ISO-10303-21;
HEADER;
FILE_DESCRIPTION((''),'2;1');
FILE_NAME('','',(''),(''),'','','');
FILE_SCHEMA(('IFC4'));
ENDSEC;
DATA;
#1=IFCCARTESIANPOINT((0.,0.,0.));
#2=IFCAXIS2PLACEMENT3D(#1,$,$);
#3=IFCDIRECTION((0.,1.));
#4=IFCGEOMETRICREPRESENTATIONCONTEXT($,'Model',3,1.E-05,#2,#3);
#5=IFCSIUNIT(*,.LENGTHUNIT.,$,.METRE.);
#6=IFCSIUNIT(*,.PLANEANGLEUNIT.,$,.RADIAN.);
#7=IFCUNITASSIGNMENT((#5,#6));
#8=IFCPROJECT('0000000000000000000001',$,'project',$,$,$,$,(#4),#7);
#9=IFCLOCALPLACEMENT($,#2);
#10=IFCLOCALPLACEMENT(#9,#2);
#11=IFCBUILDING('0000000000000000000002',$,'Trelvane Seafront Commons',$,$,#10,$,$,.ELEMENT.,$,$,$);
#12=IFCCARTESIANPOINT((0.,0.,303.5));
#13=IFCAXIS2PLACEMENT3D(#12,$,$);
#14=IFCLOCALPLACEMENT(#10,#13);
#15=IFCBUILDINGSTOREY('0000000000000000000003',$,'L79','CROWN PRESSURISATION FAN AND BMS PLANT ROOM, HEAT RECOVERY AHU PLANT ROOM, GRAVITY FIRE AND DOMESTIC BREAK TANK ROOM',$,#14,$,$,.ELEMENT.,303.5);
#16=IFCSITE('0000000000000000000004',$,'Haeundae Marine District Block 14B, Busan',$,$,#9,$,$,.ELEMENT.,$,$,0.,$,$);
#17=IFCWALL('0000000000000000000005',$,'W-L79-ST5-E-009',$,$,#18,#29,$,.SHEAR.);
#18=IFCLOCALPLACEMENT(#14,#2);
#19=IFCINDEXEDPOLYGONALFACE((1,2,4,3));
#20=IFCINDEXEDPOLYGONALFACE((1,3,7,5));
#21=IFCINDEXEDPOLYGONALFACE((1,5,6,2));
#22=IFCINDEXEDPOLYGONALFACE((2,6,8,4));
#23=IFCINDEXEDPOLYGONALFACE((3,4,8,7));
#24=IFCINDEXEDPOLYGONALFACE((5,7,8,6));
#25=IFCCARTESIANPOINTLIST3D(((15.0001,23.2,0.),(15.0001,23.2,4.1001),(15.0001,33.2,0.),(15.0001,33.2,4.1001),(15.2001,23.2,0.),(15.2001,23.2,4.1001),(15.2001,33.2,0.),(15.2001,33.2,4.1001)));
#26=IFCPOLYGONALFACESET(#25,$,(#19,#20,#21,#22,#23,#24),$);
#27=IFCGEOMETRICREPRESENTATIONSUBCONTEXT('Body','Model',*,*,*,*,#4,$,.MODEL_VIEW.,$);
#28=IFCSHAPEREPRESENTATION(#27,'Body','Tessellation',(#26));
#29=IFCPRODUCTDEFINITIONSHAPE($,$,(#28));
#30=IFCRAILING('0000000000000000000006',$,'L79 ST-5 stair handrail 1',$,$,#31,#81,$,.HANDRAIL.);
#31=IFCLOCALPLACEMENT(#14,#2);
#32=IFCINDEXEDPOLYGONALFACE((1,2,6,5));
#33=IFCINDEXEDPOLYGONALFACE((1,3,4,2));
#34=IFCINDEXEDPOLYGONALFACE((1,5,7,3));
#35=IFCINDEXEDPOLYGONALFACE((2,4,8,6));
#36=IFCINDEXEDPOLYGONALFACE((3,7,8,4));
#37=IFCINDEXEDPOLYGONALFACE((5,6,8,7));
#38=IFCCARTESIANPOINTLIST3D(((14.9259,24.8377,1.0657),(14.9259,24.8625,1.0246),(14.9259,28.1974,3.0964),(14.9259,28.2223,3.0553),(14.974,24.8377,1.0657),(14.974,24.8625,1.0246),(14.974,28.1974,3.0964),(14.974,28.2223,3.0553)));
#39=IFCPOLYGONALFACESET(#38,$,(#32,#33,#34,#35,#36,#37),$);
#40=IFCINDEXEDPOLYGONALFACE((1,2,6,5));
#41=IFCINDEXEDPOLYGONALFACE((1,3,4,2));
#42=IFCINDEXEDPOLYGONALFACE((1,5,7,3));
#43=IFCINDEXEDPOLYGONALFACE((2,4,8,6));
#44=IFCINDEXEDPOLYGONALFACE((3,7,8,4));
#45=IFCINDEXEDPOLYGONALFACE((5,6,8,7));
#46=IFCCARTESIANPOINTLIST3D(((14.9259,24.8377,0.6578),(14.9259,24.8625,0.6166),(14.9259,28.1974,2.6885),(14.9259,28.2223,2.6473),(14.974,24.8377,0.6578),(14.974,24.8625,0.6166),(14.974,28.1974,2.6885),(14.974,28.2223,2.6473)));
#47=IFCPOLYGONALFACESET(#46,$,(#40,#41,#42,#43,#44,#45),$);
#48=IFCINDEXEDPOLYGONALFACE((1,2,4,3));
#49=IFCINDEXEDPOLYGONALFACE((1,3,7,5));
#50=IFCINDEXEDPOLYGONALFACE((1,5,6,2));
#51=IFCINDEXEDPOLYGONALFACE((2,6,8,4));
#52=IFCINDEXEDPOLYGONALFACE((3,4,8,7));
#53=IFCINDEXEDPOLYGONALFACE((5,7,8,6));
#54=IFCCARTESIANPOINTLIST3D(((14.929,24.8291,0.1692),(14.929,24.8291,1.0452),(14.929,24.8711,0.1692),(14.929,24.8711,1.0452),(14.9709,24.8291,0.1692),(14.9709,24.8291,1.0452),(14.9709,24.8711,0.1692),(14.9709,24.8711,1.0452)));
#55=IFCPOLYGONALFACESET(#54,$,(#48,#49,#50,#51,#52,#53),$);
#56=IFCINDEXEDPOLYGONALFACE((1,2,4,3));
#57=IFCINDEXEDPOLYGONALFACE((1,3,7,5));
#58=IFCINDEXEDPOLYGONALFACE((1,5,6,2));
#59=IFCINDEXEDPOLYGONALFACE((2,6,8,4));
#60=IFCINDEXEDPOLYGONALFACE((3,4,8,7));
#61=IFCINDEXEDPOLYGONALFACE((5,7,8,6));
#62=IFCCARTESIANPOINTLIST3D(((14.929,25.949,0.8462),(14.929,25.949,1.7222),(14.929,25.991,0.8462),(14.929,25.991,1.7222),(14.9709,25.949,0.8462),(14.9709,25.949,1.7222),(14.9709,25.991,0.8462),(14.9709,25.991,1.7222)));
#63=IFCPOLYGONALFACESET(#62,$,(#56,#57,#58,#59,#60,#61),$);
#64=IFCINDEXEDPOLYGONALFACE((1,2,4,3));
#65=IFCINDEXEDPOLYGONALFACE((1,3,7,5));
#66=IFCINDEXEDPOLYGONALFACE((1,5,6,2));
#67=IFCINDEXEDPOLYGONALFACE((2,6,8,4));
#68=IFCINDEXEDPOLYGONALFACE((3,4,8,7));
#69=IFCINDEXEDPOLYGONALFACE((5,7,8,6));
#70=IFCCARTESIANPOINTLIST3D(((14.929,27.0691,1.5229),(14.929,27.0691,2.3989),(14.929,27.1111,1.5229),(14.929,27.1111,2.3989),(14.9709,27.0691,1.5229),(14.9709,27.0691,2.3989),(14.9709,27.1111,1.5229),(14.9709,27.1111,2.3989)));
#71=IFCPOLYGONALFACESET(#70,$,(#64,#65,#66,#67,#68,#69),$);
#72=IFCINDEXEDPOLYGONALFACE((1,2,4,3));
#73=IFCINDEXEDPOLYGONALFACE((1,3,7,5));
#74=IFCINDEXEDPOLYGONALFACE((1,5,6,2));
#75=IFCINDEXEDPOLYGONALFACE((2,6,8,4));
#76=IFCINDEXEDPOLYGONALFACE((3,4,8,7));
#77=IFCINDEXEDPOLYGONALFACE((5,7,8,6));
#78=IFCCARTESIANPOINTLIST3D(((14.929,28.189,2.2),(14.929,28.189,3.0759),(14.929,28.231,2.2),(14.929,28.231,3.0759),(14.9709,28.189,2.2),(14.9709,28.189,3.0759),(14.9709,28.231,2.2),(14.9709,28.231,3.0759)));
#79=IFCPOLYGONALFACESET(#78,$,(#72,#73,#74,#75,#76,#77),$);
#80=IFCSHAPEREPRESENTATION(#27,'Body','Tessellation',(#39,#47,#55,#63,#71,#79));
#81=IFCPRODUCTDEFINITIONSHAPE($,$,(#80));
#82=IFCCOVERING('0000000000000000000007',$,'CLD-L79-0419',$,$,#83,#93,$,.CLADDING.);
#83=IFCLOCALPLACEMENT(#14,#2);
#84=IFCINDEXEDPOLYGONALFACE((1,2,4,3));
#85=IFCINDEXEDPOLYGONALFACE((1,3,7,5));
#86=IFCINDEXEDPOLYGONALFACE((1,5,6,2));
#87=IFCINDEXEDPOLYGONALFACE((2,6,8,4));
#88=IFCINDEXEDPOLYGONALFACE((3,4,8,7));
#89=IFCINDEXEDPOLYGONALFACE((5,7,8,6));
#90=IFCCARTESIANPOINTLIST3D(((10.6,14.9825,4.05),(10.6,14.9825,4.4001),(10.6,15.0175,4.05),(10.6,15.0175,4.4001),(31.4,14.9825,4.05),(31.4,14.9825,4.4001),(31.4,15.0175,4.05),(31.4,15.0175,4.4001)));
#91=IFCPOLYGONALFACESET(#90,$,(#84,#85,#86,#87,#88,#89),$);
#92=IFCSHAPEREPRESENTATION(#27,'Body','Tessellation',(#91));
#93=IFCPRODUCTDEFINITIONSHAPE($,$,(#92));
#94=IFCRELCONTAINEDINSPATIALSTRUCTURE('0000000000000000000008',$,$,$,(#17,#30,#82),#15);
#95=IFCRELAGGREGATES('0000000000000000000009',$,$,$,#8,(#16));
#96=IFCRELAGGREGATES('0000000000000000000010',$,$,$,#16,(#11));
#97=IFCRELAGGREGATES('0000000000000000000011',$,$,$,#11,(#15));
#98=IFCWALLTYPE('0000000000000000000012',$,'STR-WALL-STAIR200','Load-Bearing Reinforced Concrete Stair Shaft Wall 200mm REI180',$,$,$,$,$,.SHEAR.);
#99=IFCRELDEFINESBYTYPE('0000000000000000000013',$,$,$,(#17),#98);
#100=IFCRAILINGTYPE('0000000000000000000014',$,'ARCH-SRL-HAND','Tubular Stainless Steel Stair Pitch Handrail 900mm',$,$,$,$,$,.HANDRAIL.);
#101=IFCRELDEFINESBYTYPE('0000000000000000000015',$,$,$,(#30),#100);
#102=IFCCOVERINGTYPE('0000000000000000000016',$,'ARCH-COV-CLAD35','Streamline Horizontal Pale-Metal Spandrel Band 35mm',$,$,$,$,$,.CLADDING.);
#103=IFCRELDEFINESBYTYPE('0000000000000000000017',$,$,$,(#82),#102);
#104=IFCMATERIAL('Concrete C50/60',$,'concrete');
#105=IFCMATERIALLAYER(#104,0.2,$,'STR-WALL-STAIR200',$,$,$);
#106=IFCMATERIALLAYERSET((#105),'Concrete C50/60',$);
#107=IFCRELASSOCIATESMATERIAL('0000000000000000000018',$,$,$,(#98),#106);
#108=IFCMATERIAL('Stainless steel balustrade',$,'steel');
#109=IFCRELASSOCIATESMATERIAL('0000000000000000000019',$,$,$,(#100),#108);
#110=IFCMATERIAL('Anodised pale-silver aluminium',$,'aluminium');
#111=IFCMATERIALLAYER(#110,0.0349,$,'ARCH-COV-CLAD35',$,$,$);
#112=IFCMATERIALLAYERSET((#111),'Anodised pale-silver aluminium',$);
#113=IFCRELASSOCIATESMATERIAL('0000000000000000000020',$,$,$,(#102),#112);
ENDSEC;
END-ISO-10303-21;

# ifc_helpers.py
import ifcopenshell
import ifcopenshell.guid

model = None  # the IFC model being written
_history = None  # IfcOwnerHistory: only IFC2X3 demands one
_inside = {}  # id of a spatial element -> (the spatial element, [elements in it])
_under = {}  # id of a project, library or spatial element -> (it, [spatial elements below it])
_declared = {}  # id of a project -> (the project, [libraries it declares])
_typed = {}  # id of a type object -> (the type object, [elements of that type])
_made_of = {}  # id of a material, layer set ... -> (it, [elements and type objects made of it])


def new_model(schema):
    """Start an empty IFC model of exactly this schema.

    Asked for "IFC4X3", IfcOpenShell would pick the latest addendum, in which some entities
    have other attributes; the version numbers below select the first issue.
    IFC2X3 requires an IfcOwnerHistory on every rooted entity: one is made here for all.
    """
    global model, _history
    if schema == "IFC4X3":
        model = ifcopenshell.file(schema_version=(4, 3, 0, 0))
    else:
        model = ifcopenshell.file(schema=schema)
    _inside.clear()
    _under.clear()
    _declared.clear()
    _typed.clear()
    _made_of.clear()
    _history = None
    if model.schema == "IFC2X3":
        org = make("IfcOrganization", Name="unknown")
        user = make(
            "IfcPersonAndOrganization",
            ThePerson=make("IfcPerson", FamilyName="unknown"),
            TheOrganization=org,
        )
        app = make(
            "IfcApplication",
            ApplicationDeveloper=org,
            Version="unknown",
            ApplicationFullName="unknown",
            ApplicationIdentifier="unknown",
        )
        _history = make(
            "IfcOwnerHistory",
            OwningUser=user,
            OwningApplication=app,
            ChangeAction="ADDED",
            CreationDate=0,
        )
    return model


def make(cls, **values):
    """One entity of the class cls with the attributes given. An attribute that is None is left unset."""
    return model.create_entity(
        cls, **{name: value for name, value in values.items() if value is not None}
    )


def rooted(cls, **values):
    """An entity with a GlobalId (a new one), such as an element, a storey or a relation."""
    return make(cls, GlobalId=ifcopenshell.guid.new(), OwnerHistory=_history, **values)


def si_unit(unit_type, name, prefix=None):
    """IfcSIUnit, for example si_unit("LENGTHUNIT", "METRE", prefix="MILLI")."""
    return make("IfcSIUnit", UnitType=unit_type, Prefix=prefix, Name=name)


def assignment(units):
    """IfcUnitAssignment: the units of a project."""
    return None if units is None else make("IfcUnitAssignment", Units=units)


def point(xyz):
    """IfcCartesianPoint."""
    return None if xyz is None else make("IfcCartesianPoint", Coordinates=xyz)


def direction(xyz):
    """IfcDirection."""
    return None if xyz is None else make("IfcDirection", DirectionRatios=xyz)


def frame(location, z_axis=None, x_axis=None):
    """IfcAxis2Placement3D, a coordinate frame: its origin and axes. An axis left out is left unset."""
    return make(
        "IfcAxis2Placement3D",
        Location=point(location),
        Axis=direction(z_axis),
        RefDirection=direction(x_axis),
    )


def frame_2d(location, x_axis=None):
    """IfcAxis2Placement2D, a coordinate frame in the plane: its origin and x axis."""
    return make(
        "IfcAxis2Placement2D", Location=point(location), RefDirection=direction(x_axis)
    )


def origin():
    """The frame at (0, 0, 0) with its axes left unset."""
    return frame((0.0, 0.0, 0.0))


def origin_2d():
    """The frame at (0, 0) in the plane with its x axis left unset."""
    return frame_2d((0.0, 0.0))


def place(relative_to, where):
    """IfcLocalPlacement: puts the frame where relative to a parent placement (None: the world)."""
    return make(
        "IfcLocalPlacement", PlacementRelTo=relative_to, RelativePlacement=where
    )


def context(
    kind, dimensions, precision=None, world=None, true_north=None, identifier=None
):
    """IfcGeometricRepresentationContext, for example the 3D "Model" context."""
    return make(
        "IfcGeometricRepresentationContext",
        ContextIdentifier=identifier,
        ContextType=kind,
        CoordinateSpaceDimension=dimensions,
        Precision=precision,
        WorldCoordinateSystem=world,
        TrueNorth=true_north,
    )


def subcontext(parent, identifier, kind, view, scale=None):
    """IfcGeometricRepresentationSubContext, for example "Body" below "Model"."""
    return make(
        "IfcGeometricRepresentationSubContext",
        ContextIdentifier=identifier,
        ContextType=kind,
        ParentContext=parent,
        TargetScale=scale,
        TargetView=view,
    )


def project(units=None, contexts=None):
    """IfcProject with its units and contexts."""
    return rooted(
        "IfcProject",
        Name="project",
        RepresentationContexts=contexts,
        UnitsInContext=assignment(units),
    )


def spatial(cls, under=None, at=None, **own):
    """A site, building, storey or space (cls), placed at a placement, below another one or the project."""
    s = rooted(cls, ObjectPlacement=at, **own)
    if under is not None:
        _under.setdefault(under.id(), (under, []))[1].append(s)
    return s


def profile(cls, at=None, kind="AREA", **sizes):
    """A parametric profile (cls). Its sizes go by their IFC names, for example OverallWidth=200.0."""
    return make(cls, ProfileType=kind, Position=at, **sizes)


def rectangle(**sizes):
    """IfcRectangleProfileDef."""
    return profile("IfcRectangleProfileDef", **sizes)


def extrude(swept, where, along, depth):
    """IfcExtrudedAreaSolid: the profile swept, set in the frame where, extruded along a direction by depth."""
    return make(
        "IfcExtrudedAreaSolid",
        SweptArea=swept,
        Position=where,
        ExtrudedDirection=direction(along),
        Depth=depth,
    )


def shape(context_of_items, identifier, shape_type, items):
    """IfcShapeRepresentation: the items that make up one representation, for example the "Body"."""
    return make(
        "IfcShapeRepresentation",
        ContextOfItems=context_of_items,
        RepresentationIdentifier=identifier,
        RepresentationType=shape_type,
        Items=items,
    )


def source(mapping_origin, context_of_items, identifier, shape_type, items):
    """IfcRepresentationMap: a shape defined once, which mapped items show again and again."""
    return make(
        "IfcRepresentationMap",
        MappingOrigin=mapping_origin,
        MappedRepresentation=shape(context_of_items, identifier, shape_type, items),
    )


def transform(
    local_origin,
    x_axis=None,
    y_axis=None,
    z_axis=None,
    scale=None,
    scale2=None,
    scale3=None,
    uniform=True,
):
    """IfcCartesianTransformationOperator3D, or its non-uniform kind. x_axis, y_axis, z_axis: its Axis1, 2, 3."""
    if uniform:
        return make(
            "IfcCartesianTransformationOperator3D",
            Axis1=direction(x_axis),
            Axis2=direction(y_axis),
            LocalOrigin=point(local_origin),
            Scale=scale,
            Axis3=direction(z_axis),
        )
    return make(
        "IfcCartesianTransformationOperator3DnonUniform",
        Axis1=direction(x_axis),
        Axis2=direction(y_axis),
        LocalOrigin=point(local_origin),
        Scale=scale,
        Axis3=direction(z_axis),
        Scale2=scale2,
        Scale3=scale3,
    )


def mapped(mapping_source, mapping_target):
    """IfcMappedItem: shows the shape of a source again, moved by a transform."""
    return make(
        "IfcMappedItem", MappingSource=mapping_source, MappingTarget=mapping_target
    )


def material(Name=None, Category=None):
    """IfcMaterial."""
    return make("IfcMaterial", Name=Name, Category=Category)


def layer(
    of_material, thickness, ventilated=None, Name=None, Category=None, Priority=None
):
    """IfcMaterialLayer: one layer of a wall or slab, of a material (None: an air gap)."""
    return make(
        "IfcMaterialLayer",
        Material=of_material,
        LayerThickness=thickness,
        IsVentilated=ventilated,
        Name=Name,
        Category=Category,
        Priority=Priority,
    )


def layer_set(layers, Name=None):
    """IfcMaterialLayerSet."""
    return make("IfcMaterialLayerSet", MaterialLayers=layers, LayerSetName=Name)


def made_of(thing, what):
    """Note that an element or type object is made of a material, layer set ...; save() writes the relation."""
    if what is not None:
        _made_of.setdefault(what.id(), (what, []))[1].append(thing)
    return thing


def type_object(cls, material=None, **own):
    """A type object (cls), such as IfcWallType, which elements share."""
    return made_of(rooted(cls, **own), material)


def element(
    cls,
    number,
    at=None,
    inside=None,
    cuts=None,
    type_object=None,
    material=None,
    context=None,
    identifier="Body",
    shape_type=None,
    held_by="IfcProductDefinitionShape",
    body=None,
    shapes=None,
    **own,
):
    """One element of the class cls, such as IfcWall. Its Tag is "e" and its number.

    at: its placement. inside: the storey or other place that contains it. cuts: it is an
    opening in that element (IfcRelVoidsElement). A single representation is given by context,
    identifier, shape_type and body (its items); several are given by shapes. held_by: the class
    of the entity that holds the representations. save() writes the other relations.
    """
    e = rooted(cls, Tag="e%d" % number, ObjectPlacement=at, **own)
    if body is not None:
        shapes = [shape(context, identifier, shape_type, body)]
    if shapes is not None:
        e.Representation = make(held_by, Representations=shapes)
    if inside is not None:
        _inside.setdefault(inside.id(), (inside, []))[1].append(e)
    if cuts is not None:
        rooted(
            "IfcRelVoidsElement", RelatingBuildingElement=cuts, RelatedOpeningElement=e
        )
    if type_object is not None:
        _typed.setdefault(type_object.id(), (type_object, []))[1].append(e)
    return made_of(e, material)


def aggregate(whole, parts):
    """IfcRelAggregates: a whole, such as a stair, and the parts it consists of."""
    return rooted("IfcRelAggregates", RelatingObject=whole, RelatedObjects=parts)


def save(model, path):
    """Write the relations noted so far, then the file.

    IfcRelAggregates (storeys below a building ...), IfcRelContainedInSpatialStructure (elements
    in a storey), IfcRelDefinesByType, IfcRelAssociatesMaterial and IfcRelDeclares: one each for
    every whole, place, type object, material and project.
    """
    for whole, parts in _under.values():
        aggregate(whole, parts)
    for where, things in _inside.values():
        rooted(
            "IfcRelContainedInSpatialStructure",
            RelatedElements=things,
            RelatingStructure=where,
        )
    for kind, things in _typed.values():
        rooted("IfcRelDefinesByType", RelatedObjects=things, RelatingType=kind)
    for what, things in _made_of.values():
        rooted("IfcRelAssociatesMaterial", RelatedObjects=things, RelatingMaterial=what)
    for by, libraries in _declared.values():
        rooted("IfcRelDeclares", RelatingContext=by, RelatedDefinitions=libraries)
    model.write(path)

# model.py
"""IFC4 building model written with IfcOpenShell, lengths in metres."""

from ifc_helpers import new_model, si_unit, direction, frame, frame_2d, origin, origin_2d, place, context, subcontext, project, spatial, rectangle, extrude, source, transform, mapped, material, layer, layer_set, type_object, element, save


model = new_model("IFC4")

# Units and contexts
model_context = context("Model", 3, precision=1e-05, world=origin(), true_north=direction((0.0, 1.0)))
body_context = subcontext(model_context, "Body", "Model", "MODEL_VIEW")
ifc_project = project(units=[si_unit("LENGTHUNIT", "METRE"), si_unit("PLANEANGLEUNIT", "RADIAN")], contexts=[model_context])

# Site, building, storey
site_placement = place(None, origin())
site = spatial("IfcSite", under=ifc_project, at=site_placement, Name="Haeundae Marine District Block 14B, Busan", CompositionType="ELEMENT", RefElevation=0.0)
building_placement = place(site_placement, origin())
building = spatial("IfcBuilding", under=site, at=building_placement, Name="Trelvane Seafront Commons", CompositionType="ELEMENT")
storey_placement = place(building_placement, frame((0.0, 0.0, 303.5)))
storey = spatial("IfcBuildingStorey", under=building, at=storey_placement, Name="L79", Description="CROWN PRESSURISATION FAN AND BMS PLANT ROOM, HEAT RECOVERY AHU PLANT ROOM, GRAVITY FIRE AND DOMESTIC BREAK TANK ROOM", CompositionType="ELEMENT", Elevation=303.5)

# Shared definitions
ifc_material_1 = material(Name="Anodised pale-silver aluminium", Category="aluminium")

# Wall
ifc_material_2 = material(Name="Concrete C50/60", Category="concrete")
ifc_layer_1 = layer(ifc_material_2, 0.2, Name="STR-WALL-STAIR200")
ifc_layer_set_1 = layer_set([ifc_layer_1], Name="Concrete C50/60")
wall_type_1 = type_object("IfcWallType", Name="STR-WALL-STAIR200", Description="Load-Bearing Reinforced Concrete Stair Shaft Wall 200mm REI180", PredefinedType="SHEAR", material=ifc_layer_set_1)
wall_1_placement = place(storey_placement, frame((15.1001, 23.2, 0.0), z_axis=(0.0, 0.0, 1.0), x_axis=(0.0, 1.0, 0.0)))
element("IfcWall", 1, at=wall_1_placement, inside=storey, type_object=wall_type_1, Name="W-L79-ST5-E-009", PredefinedType="SHEAR", context=body_context, shape_type="SweptSolid", body=[
    extrude(rectangle(XDim=10.0, YDim=0.2, at=frame_2d((5.0, 0.0))), origin(), (0.0, 0.0, 1.0), 4.1001),
])

# Railing
ifc_material_3 = material(Name="Stainless steel balustrade", Category="steel")
railing_type = type_object("IfcRailingType", Name="ARCH-SRL-HAND", Description="Tubular Stainless Steel Stair Pitch Handrail 900mm", PredefinedType="HANDRAIL", material=ifc_material_3)
railing_placement = place(storey_placement, frame((14.95, 24.8501, 0.1692)))
element("IfcRailing", 2, at=railing_placement, inside=storey, type_object=railing_type, Name="L79 ST-5 stair handrail 1", PredefinedType="HANDRAIL", context=body_context, shape_type="SweptSolid", body=[
    extrude(rectangle(XDim=0.0481, YDim=0.0481, at=origin_2d()), frame((0.0, 0.0, 0.876), z_axis=(0.0, 0.85582, 0.517273), x_axis=(-1.0, 0.0, 0.0)), (0.0, 0.0, 1.0), 3.9258),
    extrude(rectangle(XDim=0.0481, YDim=0.0481, at=origin_2d()), frame((0.0, 0.0, 0.468), z_axis=(0.0, 0.85582, 0.517273), x_axis=(-1.0, 0.0, 0.0)), (0.0, 0.0, 1.0), 3.9258),
    extrude(rectangle(XDim=0.042, YDim=0.042, at=origin_2d()), origin(), (0.0, 0.0, 1.0), 0.876),
    extrude(rectangle(XDim=0.042, YDim=0.042, at=origin_2d()), frame((0.0, 1.1199, 0.677)), (0.0, 0.0, 1.0), 0.876),
    extrude(rectangle(XDim=0.042, YDim=0.042, at=origin_2d()), frame((0.0, 2.24, 1.3538)), (0.0, 0.0, 1.0), 0.876),
    extrude(rectangle(XDim=0.042, YDim=0.042, at=origin_2d()), frame((0.0, 3.3599, 2.0308)), (0.0, 0.0, 1.0), 0.876),
])

# Covering
ifc_layer_2 = layer(ifc_material_1, 0.0349, Name="ARCH-COV-CLAD35")
ifc_layer_set_2 = layer_set([ifc_layer_2], Name="Anodised pale-silver aluminium")
covering_type = type_object("IfcCoveringType", Name="ARCH-COV-CLAD35", Description="Streamline Horizontal Pale-Metal Spandrel Band 35mm", PredefinedType="CLADDING", material=ifc_layer_set_2)
shared_shape_1 = source(origin(), body_context, "Body", "SweptSolid", [
    extrude(rectangle(XDim=20.8, YDim=0.0349, at=origin_2d()), origin(), (0.0, 0.0, 1.0), 0.3501),
])
covering_placement = place(storey_placement, frame((21.0, 15.0, 4.05), z_axis=(0.0, 0.0, 1.0), x_axis=(-1.0, 0.0, 0.0)))
element("IfcCovering", 3, at=covering_placement, inside=storey, type_object=covering_type, Name="CLD-L79-0419", PredefinedType="CLADDING", context=body_context, shape_type="MappedRepresentation", body=[
    mapped(shared_shape_1, transform((0.0, 0.0, 0.0), x_axis=(1.0, 0.0, 0.0), y_axis=(0.0, 1.0, 0.0), z_axis=(0.0, 0.0, 1.0), scale=1.0)),
])

save(model, "model.ifc")
